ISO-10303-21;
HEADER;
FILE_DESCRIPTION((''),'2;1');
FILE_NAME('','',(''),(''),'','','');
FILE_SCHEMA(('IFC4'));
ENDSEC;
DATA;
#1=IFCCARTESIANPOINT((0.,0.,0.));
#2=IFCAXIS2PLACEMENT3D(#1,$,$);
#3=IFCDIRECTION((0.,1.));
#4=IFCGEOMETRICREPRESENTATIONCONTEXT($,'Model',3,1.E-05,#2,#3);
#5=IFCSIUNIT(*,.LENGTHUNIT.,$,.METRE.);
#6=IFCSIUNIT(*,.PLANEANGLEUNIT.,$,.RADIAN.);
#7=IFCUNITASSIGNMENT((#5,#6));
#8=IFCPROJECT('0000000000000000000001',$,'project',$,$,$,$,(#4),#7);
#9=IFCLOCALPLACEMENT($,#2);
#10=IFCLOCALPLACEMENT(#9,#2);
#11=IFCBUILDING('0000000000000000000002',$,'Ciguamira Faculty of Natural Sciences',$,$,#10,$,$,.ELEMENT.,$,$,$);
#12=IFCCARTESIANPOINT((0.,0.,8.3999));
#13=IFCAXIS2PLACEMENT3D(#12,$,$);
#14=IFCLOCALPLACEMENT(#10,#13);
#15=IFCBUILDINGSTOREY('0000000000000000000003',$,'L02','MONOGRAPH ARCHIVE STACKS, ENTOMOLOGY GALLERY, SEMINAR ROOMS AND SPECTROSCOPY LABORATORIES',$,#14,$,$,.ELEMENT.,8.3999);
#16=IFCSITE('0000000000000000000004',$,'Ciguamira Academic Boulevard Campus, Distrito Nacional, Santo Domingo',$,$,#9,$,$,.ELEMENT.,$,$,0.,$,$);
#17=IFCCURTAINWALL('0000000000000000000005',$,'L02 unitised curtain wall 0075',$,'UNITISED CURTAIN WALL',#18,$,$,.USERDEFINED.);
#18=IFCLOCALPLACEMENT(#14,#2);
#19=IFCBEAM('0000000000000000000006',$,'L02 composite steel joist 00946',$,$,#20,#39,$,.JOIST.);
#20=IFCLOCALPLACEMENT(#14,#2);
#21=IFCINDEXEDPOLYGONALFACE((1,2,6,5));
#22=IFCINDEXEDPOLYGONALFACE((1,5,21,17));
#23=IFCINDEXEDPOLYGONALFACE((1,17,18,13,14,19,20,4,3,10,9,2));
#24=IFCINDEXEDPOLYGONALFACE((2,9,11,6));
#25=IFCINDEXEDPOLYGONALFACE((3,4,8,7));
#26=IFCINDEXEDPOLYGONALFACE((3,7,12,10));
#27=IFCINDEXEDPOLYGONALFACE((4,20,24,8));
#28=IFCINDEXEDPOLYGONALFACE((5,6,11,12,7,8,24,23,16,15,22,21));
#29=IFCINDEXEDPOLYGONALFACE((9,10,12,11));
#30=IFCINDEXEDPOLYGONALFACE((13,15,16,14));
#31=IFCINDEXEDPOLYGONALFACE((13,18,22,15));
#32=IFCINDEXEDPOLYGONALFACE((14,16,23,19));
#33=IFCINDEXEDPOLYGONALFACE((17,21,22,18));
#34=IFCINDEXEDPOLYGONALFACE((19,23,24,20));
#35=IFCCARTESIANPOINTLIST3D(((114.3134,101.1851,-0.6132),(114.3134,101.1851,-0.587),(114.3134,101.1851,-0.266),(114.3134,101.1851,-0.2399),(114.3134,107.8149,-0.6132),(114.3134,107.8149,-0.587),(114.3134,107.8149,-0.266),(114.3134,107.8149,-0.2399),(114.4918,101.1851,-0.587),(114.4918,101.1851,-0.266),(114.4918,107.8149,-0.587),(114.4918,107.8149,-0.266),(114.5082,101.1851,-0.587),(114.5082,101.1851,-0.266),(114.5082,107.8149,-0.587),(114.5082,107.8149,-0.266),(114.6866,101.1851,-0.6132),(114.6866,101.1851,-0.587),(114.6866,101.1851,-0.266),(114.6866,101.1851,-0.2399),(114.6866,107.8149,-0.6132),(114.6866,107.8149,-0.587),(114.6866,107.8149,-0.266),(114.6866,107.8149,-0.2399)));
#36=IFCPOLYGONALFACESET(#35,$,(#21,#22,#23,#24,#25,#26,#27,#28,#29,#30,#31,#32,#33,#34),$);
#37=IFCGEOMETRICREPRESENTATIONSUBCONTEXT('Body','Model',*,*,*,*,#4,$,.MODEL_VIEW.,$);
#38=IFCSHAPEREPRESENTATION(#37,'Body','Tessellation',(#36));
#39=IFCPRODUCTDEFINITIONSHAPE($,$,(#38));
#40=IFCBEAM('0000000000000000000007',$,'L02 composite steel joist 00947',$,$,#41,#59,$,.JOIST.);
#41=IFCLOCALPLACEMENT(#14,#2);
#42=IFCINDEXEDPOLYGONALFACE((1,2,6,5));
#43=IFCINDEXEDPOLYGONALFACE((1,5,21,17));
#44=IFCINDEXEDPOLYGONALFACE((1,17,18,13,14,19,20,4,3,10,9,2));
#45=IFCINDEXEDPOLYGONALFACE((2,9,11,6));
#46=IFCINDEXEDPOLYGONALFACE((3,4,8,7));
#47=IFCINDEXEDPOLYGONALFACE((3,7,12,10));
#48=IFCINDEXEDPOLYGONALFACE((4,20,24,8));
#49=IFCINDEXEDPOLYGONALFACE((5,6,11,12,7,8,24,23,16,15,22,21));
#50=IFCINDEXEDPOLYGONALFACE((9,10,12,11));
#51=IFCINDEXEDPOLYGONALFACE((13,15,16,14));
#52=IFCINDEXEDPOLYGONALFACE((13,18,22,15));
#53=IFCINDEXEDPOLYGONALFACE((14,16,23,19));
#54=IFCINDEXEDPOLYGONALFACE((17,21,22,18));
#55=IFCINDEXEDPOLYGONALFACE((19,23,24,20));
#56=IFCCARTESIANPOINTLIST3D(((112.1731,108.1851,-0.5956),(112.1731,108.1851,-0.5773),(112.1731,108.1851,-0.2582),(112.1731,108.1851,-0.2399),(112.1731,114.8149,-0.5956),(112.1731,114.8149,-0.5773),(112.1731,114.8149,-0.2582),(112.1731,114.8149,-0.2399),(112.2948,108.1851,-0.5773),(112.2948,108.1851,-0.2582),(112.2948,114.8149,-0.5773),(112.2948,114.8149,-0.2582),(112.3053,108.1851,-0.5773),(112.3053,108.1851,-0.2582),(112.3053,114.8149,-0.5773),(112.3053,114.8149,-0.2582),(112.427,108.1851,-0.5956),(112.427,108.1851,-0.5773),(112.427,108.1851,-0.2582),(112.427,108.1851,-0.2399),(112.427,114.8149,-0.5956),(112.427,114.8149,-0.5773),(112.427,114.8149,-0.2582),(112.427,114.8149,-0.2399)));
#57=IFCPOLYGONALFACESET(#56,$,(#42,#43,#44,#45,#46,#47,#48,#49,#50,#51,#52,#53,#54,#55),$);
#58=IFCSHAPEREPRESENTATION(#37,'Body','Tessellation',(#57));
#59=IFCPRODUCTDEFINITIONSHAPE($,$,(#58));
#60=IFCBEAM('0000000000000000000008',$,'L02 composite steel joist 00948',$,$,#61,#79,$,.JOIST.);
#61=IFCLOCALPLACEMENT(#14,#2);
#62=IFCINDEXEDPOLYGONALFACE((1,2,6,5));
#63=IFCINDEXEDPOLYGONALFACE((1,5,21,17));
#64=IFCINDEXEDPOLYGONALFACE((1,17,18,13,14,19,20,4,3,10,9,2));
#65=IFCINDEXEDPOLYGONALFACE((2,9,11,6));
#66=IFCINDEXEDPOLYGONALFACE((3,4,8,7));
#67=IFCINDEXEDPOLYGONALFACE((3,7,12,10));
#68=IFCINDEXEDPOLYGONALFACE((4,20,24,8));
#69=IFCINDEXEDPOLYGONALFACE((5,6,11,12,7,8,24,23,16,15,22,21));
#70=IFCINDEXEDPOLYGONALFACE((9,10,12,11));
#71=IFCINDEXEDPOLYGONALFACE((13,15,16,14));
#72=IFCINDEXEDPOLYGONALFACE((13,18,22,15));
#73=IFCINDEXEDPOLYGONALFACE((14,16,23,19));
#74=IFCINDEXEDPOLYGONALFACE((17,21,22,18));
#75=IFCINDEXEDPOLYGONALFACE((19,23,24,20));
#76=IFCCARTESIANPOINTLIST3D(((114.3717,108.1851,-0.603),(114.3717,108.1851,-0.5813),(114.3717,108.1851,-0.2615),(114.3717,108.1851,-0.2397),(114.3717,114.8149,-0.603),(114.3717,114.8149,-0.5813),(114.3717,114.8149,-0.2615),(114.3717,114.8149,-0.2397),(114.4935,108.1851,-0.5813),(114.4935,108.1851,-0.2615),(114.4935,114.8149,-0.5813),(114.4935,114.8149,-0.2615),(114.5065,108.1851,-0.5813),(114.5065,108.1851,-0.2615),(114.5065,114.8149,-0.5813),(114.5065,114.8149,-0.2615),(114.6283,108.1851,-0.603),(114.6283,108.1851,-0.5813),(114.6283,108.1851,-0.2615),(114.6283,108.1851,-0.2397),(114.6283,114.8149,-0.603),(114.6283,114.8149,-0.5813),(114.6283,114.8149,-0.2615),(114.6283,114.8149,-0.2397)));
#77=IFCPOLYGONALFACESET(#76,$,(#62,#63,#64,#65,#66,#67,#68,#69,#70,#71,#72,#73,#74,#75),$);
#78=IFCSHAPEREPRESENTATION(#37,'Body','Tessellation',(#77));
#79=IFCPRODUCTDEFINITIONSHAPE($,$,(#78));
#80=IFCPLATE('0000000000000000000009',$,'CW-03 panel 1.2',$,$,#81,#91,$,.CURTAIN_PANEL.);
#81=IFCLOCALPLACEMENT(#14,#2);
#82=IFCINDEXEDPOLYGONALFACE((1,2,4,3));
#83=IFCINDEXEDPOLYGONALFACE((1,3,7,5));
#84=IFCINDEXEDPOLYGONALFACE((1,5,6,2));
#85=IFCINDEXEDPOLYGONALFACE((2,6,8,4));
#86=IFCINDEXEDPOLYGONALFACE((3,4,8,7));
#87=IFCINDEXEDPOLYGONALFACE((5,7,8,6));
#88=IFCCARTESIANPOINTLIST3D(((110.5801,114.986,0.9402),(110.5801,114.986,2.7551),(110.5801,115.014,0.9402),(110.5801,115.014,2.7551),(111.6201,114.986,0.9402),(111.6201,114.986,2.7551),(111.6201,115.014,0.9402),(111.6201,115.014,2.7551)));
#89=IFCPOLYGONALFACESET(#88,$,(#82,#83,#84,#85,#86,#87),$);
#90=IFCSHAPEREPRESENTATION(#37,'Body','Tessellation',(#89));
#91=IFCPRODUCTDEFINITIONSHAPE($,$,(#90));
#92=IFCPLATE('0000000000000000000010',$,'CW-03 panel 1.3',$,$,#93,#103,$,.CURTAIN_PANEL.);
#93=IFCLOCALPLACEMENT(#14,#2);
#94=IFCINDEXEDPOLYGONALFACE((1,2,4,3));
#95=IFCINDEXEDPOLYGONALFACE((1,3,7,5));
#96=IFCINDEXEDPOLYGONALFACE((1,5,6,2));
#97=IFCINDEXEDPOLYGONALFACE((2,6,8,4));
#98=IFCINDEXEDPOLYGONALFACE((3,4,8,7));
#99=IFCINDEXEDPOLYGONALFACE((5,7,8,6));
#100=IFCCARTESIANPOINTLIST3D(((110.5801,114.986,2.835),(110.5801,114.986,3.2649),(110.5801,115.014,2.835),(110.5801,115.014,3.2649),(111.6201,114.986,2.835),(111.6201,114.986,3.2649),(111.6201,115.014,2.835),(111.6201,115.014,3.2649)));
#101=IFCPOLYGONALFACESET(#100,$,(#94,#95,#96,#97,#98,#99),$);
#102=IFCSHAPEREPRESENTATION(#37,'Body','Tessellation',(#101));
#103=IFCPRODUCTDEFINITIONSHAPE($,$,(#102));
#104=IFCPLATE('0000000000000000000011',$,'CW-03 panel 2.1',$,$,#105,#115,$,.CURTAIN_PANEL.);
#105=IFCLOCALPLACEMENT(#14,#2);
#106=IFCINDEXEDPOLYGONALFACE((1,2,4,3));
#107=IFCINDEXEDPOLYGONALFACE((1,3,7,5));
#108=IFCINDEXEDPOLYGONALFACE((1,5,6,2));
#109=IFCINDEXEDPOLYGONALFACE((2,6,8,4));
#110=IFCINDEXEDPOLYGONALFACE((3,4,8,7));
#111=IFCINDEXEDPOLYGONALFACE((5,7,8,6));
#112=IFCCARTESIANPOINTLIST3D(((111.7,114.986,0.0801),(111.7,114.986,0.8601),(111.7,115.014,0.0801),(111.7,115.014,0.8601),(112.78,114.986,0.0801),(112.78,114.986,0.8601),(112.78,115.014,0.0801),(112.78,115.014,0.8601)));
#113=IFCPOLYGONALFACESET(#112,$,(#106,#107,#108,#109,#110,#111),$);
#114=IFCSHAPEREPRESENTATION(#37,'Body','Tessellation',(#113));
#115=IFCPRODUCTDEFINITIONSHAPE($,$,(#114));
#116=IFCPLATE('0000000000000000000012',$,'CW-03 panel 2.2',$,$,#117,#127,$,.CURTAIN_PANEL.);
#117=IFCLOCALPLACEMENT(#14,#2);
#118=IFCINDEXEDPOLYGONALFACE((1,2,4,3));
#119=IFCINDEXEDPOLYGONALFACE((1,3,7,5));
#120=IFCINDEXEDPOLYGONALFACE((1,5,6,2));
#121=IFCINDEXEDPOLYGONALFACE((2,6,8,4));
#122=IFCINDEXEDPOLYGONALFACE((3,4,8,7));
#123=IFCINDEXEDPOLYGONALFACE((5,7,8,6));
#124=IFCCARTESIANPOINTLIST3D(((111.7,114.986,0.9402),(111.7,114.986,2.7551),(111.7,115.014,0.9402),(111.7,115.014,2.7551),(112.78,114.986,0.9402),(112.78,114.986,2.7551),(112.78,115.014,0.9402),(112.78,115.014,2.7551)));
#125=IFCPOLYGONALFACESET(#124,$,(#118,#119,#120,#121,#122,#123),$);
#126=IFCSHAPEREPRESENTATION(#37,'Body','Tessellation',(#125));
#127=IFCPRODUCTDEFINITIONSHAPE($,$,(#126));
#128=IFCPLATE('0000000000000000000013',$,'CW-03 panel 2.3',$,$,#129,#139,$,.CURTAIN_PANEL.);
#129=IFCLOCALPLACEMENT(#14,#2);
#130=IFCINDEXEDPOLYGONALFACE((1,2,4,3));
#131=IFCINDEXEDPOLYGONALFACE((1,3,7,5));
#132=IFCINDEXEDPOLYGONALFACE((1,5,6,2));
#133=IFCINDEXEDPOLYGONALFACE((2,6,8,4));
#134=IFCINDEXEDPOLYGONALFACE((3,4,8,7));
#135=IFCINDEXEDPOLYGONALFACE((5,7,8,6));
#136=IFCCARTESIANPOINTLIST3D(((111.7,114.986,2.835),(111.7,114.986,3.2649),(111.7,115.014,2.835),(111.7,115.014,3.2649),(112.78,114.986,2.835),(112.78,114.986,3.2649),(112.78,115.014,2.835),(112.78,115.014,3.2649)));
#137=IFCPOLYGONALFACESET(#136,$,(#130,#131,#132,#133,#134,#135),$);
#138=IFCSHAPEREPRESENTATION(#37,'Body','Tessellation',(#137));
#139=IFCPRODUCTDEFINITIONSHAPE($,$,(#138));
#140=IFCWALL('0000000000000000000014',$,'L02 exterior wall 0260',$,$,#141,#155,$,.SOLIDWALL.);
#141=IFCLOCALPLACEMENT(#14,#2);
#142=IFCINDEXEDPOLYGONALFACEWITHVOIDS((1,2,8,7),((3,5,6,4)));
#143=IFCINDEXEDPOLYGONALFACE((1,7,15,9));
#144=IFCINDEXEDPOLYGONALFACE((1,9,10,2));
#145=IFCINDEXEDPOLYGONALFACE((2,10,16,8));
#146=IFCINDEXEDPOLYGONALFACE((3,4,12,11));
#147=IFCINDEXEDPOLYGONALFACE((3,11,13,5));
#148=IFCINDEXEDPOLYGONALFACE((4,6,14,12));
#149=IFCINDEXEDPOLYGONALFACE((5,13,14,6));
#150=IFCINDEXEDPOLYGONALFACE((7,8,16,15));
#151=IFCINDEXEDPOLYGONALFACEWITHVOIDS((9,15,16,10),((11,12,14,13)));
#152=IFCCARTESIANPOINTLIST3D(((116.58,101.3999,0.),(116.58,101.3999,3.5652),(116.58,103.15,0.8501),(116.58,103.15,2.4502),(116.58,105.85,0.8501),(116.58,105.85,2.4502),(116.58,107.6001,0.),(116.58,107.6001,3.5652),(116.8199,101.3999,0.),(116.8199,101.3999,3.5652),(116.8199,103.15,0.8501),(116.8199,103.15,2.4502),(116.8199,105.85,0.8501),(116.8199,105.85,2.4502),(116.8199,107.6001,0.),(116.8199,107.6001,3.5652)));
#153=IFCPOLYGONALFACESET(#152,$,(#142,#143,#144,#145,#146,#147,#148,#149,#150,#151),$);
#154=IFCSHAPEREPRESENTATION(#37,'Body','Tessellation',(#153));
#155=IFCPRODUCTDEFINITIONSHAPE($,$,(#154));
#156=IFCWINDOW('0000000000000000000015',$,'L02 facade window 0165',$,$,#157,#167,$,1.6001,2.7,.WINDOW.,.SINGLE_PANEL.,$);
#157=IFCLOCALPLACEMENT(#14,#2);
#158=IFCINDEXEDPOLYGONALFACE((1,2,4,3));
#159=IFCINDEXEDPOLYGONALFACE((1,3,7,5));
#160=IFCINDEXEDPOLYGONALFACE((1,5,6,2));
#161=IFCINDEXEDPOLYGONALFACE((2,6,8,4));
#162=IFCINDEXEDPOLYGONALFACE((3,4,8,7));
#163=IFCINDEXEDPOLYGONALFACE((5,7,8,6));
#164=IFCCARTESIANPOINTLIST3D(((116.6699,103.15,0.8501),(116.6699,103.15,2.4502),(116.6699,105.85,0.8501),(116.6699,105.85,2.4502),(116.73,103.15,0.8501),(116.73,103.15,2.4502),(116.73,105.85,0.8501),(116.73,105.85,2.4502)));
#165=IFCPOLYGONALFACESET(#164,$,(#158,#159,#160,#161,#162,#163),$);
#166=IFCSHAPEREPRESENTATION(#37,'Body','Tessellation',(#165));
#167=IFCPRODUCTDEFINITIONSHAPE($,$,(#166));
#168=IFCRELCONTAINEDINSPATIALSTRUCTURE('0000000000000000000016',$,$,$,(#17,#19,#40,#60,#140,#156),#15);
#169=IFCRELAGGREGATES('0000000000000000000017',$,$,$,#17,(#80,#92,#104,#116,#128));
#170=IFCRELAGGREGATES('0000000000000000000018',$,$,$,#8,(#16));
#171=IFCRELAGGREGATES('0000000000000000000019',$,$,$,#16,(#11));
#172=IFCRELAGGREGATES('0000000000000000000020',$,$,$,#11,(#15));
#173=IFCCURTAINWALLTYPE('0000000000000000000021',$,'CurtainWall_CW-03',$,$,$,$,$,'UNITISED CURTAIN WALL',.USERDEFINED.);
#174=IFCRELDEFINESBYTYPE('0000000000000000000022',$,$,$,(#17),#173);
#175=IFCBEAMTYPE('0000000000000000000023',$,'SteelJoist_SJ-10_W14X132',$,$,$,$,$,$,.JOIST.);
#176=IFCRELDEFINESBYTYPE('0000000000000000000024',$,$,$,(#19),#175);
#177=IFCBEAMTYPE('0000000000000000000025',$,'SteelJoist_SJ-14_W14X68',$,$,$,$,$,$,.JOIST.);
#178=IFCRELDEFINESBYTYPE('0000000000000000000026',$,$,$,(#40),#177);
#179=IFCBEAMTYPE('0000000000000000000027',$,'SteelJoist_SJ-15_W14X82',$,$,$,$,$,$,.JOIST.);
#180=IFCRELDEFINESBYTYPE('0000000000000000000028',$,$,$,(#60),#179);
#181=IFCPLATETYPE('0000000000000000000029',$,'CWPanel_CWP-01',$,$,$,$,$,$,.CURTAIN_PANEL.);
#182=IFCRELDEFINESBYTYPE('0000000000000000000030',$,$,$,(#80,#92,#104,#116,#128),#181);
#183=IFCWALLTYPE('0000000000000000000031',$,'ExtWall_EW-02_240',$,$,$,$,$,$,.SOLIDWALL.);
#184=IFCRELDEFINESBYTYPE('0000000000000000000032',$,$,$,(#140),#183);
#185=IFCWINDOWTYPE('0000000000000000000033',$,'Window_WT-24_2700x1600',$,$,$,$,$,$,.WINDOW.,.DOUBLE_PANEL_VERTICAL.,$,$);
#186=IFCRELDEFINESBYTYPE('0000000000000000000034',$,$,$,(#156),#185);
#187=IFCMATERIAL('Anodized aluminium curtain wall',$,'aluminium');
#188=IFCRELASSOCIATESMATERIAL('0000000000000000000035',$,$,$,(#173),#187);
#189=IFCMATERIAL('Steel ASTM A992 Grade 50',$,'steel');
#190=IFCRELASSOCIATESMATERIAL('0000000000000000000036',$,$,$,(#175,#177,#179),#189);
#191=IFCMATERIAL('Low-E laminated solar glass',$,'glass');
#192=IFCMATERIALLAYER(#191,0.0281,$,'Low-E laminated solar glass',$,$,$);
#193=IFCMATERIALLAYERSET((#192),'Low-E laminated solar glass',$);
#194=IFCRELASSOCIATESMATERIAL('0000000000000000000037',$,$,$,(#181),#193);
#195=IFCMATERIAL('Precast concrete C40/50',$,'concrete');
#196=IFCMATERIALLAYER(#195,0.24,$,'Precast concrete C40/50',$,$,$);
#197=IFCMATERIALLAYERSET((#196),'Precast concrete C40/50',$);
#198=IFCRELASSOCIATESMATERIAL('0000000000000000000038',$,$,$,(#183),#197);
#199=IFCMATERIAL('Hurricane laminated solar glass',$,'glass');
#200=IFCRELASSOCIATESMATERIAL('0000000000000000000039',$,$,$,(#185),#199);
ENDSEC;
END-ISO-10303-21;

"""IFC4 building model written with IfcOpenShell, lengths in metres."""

from ifc_helpers import new_model, si_unit, direction, frame, frame_2d, origin, origin_2d, place, context, subcontext, project, spatial, rectangle, i_section, extrude, material, layer, layer_set, material_profile, profile_set, type_object, element, fill, aggregate, save


model = new_model("IFC4")

# Units and contexts
model_context = context("Model", 3, precision=1e-05, world=origin(), true_north=direction((0.0, 1.0)))
body_context = subcontext(model_context, "Body", "Model", "MODEL_VIEW")
ifc_project = project(units=[si_unit("LENGTHUNIT", "METRE"), si_unit("PLANEANGLEUNIT", "RADIAN")], contexts=[model_context])

# Site, building, storey
site_placement = place(None, origin())
site = spatial("IfcSite", under=ifc_project, at=site_placement, Name="Ciguamira Academic Boulevard Campus, Distrito Nacional, Santo Domingo", CompositionType="ELEMENT", RefElevation=0.0)
building_placement = place(site_placement, origin())
building = spatial("IfcBuilding", under=site, at=building_placement, Name="Ciguamira Faculty of Natural Sciences", CompositionType="ELEMENT")
storey_placement = place(building_placement, frame((0.0, 0.0, 8.3999)))
storey = spatial("IfcBuildingStorey", under=building, at=storey_placement, Name="L02", Description="MONOGRAPH ARCHIVE STACKS, ENTOMOLOGY GALLERY, SEMINAR ROOMS AND SPECTROSCOPY LABORATORIES", CompositionType="ELEMENT", Elevation=8.3999)

# Curtain wall
ifc_material_1 = material(Name="Anodized aluminium curtain wall", Category="aluminium")
curtain_wall_type = type_object("IfcCurtainWallType", Name="CurtainWall_CW-03", ElementType="UNITISED CURTAIN WALL", PredefinedType="USERDEFINED", material=ifc_material_1)
curtain_wall_placement = place(storey_placement, origin())
curtain_wall = element("IfcCurtainWall", 1, at=curtain_wall_placement, inside=storey, type_object=curtain_wall_type, Name="L02 unitised curtain wall 0075", ObjectType="UNITISED CURTAIN WALL", PredefinedType="USERDEFINED")

# Beams
ifc_material_2 = material(Name="Precast concrete C40/50", Category="concrete")
ifc_material_3 = material(Name="Steel ASTM A992 Grade 50", Category="steel")
ifc_material_profile_1 = material_profile(ifc_material_3, i_section(OverallWidth=0.3733, OverallDepth=0.3733, WebThickness=0.0164, FlangeThickness=0.0261, at=origin_2d()), Name="W14X132")
ifc_profile_set_1 = profile_set([ifc_material_profile_1], Name="Steel ASTM A992 Grade 50")
beam_type_1 = type_object("IfcBeamType", Name="SteelJoist_SJ-10_W14X132", PredefinedType="JOIST", material=ifc_profile_set_1)
beam_1_placement = place(storey_placement, frame((114.5, 101.1851, -0.4265), z_axis=(0.0, 1.0, 0.0), x_axis=(-1.0, 0.0, 0.0)))
element("IfcBeam", 2, at=beam_1_placement, inside=storey, type_object=beam_type_1, Name="L02 composite steel joist 00946", PredefinedType="JOIST", context=body_context, shape_type="SweptSolid", body=[
    extrude(i_section(OverallWidth=0.3733, OverallDepth=0.3733, WebThickness=0.0164, FlangeThickness=0.0261, at=origin_2d()), origin(), (0.0, 0.0, 1.0), 6.6299),
])
ifc_material_profile_2 = material_profile(ifc_material_3, i_section(OverallWidth=0.2539, OverallDepth=0.3557, WebThickness=0.0105, FlangeThickness=0.0183, at=origin_2d()), Name="W14X68")
ifc_profile_set_2 = profile_set([ifc_material_profile_2], Name="Steel ASTM A992 Grade 50")
beam_type_2 = type_object("IfcBeamType", Name="SteelJoist_SJ-14_W14X68", PredefinedType="JOIST", material=ifc_profile_set_2)
beam_2_placement = place(storey_placement, frame((112.3, 108.1851, -0.4177), z_axis=(0.0, 1.0, 0.0), x_axis=(-1.0, 0.0, 0.0)))
element("IfcBeam", 3, at=beam_2_placement, inside=storey, type_object=beam_type_2, Name="L02 composite steel joist 00947", PredefinedType="JOIST", context=body_context, shape_type="SweptSolid", body=[
    extrude(i_section(OverallWidth=0.2539, OverallDepth=0.3557, WebThickness=0.0105, FlangeThickness=0.0183, at=origin_2d()), origin(), (0.0, 0.0, 1.0), 6.6299),
])
ifc_material_profile_3 = material_profile(ifc_material_3, i_section(OverallWidth=0.2566, OverallDepth=0.3633, WebThickness=0.0129, FlangeThickness=0.0217, at=origin_2d()), Name="W14X82")
ifc_profile_set_3 = profile_set([ifc_material_profile_3], Name="Steel ASTM A992 Grade 50")
beam_type_3 = type_object("IfcBeamType", Name="SteelJoist_SJ-15_W14X82", PredefinedType="JOIST", material=ifc_profile_set_3)
beam_3_placement = place(storey_placement, frame((114.5, 108.1851, -0.4214), z_axis=(0.0, 1.0, 0.0), x_axis=(-1.0, 0.0, 0.0)))
element("IfcBeam", 4, at=beam_3_placement, inside=storey, type_object=beam_type_3, Name="L02 composite steel joist 00948", PredefinedType="JOIST", context=body_context, shape_type="SweptSolid", body=[
    extrude(i_section(OverallWidth=0.2566, OverallDepth=0.3633, WebThickness=0.0129, FlangeThickness=0.0217, at=origin_2d()), origin(), (0.0, 0.0, 1.0), 6.6299),
])

# Plates
ifc_material_4 = material(Name="Low-E laminated solar glass", Category="glass")
ifc_layer_1 = layer(ifc_material_4, 0.0281, Name="Low-E laminated solar glass")
ifc_layer_set_1 = layer_set([ifc_layer_1], Name="Low-E laminated solar glass")
plate_type = type_object("IfcPlateType", Name="CWPanel_CWP-01", PredefinedType="CURTAIN_PANEL", material=ifc_layer_set_1)
plate_1_placement = place(storey_placement, frame((111.1001, 115.0, 0.9402), z_axis=(0.0, 0.0, 1.0), x_axis=(1.0, 0.0, 0.0)))
plate_1 = element("IfcPlate", 5, at=plate_1_placement, type_object=plate_type, Name="CW-03 panel 1.2", PredefinedType="CURTAIN_PANEL", context=body_context, shape_type="SweptSolid", body=[
    extrude(rectangle(XDim=1.04, YDim=0.0281, at=origin_2d()), origin(), (0.0, 0.0, 1.0), 1.8149),
])
plate_2_placement = place(storey_placement, frame((111.1001, 115.0, 2.835), z_axis=(0.0, 0.0, 1.0), x_axis=(1.0, 0.0, 0.0)))
plate_2 = element("IfcPlate", 6, at=plate_2_placement, type_object=plate_type, Name="CW-03 panel 1.3", PredefinedType="CURTAIN_PANEL", context=body_context, shape_type="SweptSolid", body=[
    extrude(rectangle(XDim=1.04, YDim=0.0281, at=origin_2d()), origin(), (0.0, 0.0, 1.0), 0.4299),
])
plate_3_placement = place(storey_placement, frame((112.24, 115.0, 0.0801), z_axis=(0.0, 0.0, 1.0), x_axis=(1.0, 0.0, 0.0)))
plate_3 = element("IfcPlate", 7, at=plate_3_placement, type_object=plate_type, Name="CW-03 panel 2.1", PredefinedType="CURTAIN_PANEL", context=body_context, shape_type="SweptSolid", body=[
    extrude(rectangle(XDim=1.0801, YDim=0.0281, at=origin_2d()), origin(), (0.0, 0.0, 1.0), 0.78),
])
plate_4_placement = place(storey_placement, frame((112.24, 115.0, 0.9402), z_axis=(0.0, 0.0, 1.0), x_axis=(1.0, 0.0, 0.0)))
plate_4 = element("IfcPlate", 8, at=plate_4_placement, type_object=plate_type, Name="CW-03 panel 2.2", PredefinedType="CURTAIN_PANEL", context=body_context, shape_type="SweptSolid", body=[
    extrude(rectangle(XDim=1.0801, YDim=0.0281, at=origin_2d()), origin(), (0.0, 0.0, 1.0), 1.8149),
])
plate_5_placement = place(storey_placement, frame((112.24, 115.0, 2.835), z_axis=(0.0, 0.0, 1.0), x_axis=(1.0, 0.0, 0.0)))
plate_5 = element("IfcPlate", 9, at=plate_5_placement, type_object=plate_type, Name="CW-03 panel 2.3", PredefinedType="CURTAIN_PANEL", context=body_context, shape_type="SweptSolid", body=[
    extrude(rectangle(XDim=1.0801, YDim=0.0281, at=origin_2d()), origin(), (0.0, 0.0, 1.0), 0.4299),
])
aggregate(curtain_wall, [plate_1, plate_2, plate_3, plate_4, plate_5])

# Wall, opening, window
ifc_layer_2 = layer(ifc_material_2, 0.24, Name="Precast concrete C40/50")
ifc_layer_set_2 = layer_set([ifc_layer_2], Name="Precast concrete C40/50")
wall_type = type_object("IfcWallType", Name="ExtWall_EW-02_240", PredefinedType="SOLIDWALL", material=ifc_layer_set_2)
wall_1_placement = place(storey_placement, frame((116.7, 101.3999, 0.0), z_axis=(0.0, 0.0, 1.0), x_axis=(0.0, 1.0, 0.0)))
wall_1 = element("IfcWall", 10, at=wall_1_placement, inside=storey, type_object=wall_type, Name="L02 exterior wall 0260", PredefinedType="SOLIDWALL", context=body_context, shape_type="SweptSolid", body=[
    extrude(rectangle(XDim=6.2002, YDim=0.24, at=frame_2d((3.1001, 0.0))), origin(), (0.0, 0.0, 1.0), 3.5652),
])
opening_1_placement = place(wall_1_placement, frame((1.75, 0.0, 0.8501)))
opening_1 = element("IfcOpeningElement", 11, at=opening_1_placement, cuts=wall_1, PredefinedType="OPENING", context=body_context, shape_type="SweptSolid", body=[
    extrude(rectangle(XDim=2.7, YDim=1.6001, at=frame_2d((1.3501, 0.8))), frame((0.0, 0.1299, 0.0), z_axis=(0.0, -1.0, 0.0), x_axis=(1.0, 0.0, 0.0)), (0.0, 0.0, 1.0), 0.26),
])
ifc_material_5 = material(Name="Hurricane laminated solar glass", Category="glass")
window_type_1 = type_object("IfcWindowType", Name="Window_WT-24_2700x1600", PartitioningType="DOUBLE_PANEL_VERTICAL", PredefinedType="WINDOW", material=ifc_material_5)
window_1_placement = place(opening_1_placement, origin())
window_1 = element("IfcWindow", 12, at=window_1_placement, inside=storey, type_object=window_type_1, Name="L02 facade window 0165", OverallHeight=1.6001, OverallWidth=2.7, PartitioningType="SINGLE_PANEL", PredefinedType="WINDOW", context=body_context, shape_type="SweptSolid", body=[
    extrude(rectangle(XDim=2.7, YDim=1.6001, at=frame_2d((1.3501, 0.8))), frame((0.0, 0.03, 0.0), z_axis=(0.0, -1.0, 0.0), x_axis=(1.0, 0.0, 0.0)), (0.0, 0.0, 1.0), 0.0601),
])
fill(opening_1, window_1)

save(model, "model.ifc")
